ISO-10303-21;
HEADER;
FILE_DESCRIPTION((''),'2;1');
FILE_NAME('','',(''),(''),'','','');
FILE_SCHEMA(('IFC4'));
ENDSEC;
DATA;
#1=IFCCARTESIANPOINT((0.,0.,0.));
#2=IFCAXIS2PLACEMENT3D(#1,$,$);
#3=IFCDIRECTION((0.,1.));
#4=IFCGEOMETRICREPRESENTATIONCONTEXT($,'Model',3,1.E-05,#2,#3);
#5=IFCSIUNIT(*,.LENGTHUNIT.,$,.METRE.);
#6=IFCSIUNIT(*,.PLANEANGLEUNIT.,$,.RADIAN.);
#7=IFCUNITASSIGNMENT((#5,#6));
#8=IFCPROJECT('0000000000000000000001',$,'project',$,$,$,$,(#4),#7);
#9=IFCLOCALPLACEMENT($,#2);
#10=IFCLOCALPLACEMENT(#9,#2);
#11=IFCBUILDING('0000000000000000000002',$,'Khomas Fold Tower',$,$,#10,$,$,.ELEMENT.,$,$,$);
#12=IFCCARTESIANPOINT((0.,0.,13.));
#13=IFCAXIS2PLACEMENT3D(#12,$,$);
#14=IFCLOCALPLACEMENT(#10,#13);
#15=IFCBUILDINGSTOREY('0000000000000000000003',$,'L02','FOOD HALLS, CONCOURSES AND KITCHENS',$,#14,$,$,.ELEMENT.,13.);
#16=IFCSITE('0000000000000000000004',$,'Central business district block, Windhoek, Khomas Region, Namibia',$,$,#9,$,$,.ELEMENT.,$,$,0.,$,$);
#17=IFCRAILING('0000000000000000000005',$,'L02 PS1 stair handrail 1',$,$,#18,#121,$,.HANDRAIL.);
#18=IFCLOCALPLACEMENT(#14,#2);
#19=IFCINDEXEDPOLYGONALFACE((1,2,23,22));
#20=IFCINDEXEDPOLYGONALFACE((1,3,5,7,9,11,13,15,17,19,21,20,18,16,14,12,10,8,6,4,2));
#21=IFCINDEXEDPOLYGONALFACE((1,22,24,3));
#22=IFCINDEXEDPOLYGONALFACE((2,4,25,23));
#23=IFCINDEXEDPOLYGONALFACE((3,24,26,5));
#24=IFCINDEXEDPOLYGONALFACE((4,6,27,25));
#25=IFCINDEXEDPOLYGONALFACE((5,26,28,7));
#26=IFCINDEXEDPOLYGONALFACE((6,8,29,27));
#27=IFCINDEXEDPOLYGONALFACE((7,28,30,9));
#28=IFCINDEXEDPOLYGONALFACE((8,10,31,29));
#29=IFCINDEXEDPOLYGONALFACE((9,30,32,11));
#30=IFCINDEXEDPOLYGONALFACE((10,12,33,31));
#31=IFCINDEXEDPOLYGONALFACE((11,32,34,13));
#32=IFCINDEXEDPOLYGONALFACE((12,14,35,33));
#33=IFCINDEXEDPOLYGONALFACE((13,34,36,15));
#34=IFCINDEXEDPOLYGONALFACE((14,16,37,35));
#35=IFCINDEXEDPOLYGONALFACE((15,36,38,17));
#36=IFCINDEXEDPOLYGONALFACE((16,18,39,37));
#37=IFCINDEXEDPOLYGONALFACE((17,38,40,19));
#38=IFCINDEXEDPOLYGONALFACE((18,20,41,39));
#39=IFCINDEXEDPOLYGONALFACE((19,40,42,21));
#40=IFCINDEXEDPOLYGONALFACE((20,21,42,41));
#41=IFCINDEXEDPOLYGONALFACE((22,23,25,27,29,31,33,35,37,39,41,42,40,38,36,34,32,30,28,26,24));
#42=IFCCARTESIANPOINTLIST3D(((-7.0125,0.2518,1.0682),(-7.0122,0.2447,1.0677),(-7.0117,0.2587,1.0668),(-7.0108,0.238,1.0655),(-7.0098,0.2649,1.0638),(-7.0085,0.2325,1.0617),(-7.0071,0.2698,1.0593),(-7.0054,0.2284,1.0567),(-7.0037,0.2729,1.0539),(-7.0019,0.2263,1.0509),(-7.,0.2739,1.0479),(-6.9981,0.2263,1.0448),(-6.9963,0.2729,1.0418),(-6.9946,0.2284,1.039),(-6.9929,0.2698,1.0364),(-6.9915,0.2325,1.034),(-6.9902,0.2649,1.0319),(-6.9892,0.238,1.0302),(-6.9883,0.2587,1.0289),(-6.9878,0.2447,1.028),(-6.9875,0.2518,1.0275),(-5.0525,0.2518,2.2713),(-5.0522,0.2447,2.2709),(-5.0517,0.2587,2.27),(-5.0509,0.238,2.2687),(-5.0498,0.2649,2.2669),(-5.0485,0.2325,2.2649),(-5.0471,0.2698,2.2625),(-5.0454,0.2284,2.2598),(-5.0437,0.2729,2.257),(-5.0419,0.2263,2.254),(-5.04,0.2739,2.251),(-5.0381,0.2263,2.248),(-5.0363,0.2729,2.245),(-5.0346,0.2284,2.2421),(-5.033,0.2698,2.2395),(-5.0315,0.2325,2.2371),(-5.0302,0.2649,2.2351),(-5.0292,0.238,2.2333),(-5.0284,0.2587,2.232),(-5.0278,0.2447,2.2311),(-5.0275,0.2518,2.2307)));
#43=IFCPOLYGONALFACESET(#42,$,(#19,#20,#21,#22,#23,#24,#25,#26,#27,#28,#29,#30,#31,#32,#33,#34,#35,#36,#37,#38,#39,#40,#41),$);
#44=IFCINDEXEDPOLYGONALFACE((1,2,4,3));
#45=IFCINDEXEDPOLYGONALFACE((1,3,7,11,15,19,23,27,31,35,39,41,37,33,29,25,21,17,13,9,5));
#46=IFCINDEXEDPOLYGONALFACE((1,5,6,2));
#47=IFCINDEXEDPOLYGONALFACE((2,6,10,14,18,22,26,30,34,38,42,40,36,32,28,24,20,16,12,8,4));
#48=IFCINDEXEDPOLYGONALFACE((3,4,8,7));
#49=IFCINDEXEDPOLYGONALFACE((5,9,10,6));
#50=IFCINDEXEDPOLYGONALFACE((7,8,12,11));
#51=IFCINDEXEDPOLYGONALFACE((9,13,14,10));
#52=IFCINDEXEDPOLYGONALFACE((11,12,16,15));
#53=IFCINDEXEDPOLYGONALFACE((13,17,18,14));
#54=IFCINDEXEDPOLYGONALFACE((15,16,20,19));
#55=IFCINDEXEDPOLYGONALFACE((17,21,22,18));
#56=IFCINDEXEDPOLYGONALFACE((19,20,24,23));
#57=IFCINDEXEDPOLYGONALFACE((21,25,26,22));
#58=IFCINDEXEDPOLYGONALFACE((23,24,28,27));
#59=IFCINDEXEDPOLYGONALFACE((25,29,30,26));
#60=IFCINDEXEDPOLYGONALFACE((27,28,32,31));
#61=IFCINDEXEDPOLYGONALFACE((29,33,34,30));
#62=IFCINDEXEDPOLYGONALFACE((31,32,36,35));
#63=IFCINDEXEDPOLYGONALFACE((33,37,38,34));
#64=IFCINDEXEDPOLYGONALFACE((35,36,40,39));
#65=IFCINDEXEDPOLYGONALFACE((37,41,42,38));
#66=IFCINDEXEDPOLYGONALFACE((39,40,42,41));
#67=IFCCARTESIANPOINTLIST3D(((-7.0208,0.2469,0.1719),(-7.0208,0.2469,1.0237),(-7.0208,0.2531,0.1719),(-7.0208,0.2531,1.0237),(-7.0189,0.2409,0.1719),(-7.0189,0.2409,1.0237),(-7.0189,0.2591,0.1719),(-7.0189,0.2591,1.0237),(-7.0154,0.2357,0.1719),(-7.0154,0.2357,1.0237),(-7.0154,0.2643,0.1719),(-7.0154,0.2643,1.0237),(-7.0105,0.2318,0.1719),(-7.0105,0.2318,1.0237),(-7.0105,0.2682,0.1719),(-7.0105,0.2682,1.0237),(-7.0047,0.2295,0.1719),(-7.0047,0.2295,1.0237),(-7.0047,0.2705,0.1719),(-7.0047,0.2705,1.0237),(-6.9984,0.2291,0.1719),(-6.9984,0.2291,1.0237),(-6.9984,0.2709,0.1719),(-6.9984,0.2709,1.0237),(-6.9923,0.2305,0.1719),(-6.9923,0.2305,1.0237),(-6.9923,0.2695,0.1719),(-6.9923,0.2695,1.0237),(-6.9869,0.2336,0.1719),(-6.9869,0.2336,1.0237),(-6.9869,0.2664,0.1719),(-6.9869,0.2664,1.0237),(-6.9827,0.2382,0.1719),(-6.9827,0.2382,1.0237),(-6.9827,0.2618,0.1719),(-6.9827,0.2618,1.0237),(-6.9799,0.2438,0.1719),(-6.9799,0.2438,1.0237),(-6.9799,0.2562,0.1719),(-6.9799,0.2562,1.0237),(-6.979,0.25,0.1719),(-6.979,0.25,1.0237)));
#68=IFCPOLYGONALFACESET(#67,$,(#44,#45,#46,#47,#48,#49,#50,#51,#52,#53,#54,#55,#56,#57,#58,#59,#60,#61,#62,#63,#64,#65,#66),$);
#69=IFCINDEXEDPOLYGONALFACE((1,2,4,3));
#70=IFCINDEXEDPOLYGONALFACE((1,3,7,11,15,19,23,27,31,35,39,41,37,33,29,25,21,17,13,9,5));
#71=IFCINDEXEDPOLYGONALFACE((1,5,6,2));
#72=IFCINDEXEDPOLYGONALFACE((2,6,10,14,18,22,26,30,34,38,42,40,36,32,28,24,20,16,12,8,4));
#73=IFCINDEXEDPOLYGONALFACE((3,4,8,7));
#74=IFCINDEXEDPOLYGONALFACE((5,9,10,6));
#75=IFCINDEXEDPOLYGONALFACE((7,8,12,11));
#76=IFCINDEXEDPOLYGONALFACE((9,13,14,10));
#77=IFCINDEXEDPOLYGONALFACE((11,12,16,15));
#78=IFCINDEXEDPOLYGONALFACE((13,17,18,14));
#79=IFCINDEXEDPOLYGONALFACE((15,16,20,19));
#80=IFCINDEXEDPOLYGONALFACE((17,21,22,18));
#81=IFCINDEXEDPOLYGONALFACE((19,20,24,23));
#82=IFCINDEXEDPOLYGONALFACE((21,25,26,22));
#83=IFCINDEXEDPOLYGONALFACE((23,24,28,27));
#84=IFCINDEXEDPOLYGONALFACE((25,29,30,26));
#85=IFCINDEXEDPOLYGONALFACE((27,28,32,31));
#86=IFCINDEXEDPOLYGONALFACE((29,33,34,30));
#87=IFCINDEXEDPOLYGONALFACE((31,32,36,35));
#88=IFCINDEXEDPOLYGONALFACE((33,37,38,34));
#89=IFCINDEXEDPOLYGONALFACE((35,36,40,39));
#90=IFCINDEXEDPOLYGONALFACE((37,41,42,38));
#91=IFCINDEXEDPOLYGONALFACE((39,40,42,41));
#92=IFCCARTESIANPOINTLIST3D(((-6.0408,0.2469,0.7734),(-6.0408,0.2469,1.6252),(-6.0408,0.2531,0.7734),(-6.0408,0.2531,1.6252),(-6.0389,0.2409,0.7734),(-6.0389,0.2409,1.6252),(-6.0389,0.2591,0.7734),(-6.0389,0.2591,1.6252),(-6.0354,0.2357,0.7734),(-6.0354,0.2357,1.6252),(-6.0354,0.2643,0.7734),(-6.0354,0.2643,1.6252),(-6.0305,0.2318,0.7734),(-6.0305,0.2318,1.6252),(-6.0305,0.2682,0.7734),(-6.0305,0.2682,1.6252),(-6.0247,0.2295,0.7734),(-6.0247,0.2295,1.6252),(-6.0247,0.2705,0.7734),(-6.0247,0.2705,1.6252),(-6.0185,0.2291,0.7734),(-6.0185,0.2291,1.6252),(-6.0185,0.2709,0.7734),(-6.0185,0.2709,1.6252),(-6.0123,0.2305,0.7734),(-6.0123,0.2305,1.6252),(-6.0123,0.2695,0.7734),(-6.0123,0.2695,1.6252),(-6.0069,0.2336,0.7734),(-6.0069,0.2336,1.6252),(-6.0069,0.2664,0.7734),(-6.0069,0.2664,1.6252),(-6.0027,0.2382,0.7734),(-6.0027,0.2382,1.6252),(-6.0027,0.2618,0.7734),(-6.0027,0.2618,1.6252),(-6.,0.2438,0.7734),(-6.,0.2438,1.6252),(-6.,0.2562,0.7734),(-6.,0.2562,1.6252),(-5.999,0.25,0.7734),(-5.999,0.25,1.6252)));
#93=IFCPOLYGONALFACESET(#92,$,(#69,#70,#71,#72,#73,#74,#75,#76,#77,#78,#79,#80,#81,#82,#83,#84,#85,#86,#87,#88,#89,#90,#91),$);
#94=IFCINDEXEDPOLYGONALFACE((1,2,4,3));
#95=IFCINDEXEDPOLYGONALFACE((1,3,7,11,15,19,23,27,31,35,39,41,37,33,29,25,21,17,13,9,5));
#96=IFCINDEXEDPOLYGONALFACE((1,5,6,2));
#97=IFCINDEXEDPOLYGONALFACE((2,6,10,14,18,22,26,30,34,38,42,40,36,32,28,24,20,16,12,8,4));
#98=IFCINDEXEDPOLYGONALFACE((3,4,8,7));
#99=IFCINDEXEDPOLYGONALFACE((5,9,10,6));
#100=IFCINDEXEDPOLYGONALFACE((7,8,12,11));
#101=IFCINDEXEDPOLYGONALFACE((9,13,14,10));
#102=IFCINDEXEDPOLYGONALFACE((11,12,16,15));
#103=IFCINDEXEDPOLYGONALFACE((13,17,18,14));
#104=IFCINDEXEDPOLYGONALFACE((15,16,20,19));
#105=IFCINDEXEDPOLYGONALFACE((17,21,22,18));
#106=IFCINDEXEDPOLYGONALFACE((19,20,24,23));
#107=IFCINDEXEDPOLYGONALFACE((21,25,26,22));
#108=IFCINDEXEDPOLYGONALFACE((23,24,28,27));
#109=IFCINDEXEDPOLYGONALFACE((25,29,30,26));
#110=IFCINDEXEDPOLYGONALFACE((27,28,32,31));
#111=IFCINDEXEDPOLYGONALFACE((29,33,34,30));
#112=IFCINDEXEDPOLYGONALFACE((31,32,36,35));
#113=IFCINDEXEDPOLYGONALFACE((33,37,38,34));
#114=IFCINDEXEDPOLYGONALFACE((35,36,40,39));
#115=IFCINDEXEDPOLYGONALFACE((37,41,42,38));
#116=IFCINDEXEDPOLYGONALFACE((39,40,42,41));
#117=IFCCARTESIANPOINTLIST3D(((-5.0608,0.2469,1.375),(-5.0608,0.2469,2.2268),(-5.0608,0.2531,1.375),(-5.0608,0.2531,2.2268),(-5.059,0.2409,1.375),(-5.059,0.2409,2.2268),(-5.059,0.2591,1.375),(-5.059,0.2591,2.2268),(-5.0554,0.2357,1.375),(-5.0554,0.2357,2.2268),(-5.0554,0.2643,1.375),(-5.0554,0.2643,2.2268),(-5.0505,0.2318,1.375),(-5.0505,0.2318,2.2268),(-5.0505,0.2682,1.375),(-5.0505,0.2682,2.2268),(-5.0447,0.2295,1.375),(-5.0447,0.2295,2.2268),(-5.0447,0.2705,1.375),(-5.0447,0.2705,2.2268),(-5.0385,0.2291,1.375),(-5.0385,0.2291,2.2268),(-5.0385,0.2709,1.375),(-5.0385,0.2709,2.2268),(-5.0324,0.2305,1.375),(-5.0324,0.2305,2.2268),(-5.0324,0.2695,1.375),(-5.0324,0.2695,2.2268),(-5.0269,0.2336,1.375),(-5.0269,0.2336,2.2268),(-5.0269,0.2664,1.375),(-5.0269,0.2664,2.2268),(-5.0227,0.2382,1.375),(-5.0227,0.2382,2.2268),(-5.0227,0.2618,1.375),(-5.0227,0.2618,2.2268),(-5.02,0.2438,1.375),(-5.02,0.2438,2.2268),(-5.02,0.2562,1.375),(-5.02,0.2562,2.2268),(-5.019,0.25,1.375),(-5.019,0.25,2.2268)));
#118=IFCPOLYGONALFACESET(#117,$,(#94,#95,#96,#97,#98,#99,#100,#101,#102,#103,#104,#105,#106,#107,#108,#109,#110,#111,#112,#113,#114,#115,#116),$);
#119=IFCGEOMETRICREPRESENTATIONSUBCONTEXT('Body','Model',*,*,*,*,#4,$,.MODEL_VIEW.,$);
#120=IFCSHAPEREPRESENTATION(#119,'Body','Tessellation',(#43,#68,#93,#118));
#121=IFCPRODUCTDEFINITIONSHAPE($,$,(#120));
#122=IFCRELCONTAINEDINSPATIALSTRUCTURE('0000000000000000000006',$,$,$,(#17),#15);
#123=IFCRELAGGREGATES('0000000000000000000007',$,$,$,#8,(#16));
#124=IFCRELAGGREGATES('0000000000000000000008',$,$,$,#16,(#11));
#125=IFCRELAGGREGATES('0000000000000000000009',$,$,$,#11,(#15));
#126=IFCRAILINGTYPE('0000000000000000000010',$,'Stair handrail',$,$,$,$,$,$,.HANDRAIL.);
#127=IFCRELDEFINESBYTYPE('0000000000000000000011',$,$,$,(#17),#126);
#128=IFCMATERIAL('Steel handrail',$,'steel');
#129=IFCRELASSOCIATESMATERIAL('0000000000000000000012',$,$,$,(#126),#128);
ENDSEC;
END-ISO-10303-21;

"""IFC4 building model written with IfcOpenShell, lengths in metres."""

from ifc_helpers import new_model, si_unit, direction, frame, origin, origin_2d, place, context, subcontext, project, spatial, circle, extrude, source, transform, mapped, material, type_object, element, save


model = new_model("IFC4")

# Units and contexts
model_context = context("Model", 3, precision=1e-05, world=origin(), true_north=direction((0.0, 1.0)))
body_context = subcontext(model_context, "Body", "Model", "MODEL_VIEW")
ifc_project = project(units=[si_unit("LENGTHUNIT", "METRE"), si_unit("PLANEANGLEUNIT", "RADIAN")], contexts=[model_context])

# Site, building, storey
site_placement = place(None, origin())
site = spatial("IfcSite", under=ifc_project, at=site_placement, Name="Central business district block, Windhoek, Khomas Region, Namibia", CompositionType="ELEMENT", RefElevation=0.0)
building_placement = place(site_placement, origin())
building = spatial("IfcBuilding", under=site, at=building_placement, Name="Khomas Fold Tower", CompositionType="ELEMENT")
storey_placement = place(building_placement, frame((0.0, 0.0, 13.0)))
storey = spatial("IfcBuildingStorey", under=building, at=storey_placement, Name="L02", Description="FOOD HALLS, CONCOURSES AND KITCHENS", CompositionType="ELEMENT", Elevation=13.0)

# Railing
ifc_material_1 = material(Name="Steel handrail", Category="steel")
railing_type_1 = type_object("IfcRailingType", Name="Stair handrail", PredefinedType="HANDRAIL", material=ifc_material_1)
shared_shape_1 = source(origin(), body_context, "Body", "SweptSolid", [
    extrude(circle(Radius=0.0239, at=origin_2d()), frame((0.0, 0.0, 0.876), z_axis=(0.852241, 0.0, 0.523149), x_axis=(0.0, 1.0, 0.0)), (0.0, 0.0, 1.0), 2.2998),
    extrude(circle(Radius=0.021, at=origin_2d()), origin(), (0.0, 0.0, 1.0), 0.8518),
    extrude(circle(Radius=0.021, at=origin_2d()), frame((0.98, 0.0, 0.6016)), (0.0, 0.0, 1.0), 0.8518),
    extrude(circle(Radius=0.021, at=origin_2d()), frame((1.96, 0.0, 1.2031)), (0.0, 0.0, 1.0), 0.8518),
])
for number, where, name in (
    (1, (-7.0, 0.25, 0.1719), "L02 PS1 stair handrail 1"),
):
    element("IfcRailing", number, at=place(storey_placement, frame(where)), inside=storey, type_object=railing_type_1, Name=name, PredefinedType="HANDRAIL", context=body_context, shape_type="MappedRepresentation", body=[
        mapped(shared_shape_1, transform((0.0, 0.0, 0.0))),
    ])

save(model, "model.ifc")
